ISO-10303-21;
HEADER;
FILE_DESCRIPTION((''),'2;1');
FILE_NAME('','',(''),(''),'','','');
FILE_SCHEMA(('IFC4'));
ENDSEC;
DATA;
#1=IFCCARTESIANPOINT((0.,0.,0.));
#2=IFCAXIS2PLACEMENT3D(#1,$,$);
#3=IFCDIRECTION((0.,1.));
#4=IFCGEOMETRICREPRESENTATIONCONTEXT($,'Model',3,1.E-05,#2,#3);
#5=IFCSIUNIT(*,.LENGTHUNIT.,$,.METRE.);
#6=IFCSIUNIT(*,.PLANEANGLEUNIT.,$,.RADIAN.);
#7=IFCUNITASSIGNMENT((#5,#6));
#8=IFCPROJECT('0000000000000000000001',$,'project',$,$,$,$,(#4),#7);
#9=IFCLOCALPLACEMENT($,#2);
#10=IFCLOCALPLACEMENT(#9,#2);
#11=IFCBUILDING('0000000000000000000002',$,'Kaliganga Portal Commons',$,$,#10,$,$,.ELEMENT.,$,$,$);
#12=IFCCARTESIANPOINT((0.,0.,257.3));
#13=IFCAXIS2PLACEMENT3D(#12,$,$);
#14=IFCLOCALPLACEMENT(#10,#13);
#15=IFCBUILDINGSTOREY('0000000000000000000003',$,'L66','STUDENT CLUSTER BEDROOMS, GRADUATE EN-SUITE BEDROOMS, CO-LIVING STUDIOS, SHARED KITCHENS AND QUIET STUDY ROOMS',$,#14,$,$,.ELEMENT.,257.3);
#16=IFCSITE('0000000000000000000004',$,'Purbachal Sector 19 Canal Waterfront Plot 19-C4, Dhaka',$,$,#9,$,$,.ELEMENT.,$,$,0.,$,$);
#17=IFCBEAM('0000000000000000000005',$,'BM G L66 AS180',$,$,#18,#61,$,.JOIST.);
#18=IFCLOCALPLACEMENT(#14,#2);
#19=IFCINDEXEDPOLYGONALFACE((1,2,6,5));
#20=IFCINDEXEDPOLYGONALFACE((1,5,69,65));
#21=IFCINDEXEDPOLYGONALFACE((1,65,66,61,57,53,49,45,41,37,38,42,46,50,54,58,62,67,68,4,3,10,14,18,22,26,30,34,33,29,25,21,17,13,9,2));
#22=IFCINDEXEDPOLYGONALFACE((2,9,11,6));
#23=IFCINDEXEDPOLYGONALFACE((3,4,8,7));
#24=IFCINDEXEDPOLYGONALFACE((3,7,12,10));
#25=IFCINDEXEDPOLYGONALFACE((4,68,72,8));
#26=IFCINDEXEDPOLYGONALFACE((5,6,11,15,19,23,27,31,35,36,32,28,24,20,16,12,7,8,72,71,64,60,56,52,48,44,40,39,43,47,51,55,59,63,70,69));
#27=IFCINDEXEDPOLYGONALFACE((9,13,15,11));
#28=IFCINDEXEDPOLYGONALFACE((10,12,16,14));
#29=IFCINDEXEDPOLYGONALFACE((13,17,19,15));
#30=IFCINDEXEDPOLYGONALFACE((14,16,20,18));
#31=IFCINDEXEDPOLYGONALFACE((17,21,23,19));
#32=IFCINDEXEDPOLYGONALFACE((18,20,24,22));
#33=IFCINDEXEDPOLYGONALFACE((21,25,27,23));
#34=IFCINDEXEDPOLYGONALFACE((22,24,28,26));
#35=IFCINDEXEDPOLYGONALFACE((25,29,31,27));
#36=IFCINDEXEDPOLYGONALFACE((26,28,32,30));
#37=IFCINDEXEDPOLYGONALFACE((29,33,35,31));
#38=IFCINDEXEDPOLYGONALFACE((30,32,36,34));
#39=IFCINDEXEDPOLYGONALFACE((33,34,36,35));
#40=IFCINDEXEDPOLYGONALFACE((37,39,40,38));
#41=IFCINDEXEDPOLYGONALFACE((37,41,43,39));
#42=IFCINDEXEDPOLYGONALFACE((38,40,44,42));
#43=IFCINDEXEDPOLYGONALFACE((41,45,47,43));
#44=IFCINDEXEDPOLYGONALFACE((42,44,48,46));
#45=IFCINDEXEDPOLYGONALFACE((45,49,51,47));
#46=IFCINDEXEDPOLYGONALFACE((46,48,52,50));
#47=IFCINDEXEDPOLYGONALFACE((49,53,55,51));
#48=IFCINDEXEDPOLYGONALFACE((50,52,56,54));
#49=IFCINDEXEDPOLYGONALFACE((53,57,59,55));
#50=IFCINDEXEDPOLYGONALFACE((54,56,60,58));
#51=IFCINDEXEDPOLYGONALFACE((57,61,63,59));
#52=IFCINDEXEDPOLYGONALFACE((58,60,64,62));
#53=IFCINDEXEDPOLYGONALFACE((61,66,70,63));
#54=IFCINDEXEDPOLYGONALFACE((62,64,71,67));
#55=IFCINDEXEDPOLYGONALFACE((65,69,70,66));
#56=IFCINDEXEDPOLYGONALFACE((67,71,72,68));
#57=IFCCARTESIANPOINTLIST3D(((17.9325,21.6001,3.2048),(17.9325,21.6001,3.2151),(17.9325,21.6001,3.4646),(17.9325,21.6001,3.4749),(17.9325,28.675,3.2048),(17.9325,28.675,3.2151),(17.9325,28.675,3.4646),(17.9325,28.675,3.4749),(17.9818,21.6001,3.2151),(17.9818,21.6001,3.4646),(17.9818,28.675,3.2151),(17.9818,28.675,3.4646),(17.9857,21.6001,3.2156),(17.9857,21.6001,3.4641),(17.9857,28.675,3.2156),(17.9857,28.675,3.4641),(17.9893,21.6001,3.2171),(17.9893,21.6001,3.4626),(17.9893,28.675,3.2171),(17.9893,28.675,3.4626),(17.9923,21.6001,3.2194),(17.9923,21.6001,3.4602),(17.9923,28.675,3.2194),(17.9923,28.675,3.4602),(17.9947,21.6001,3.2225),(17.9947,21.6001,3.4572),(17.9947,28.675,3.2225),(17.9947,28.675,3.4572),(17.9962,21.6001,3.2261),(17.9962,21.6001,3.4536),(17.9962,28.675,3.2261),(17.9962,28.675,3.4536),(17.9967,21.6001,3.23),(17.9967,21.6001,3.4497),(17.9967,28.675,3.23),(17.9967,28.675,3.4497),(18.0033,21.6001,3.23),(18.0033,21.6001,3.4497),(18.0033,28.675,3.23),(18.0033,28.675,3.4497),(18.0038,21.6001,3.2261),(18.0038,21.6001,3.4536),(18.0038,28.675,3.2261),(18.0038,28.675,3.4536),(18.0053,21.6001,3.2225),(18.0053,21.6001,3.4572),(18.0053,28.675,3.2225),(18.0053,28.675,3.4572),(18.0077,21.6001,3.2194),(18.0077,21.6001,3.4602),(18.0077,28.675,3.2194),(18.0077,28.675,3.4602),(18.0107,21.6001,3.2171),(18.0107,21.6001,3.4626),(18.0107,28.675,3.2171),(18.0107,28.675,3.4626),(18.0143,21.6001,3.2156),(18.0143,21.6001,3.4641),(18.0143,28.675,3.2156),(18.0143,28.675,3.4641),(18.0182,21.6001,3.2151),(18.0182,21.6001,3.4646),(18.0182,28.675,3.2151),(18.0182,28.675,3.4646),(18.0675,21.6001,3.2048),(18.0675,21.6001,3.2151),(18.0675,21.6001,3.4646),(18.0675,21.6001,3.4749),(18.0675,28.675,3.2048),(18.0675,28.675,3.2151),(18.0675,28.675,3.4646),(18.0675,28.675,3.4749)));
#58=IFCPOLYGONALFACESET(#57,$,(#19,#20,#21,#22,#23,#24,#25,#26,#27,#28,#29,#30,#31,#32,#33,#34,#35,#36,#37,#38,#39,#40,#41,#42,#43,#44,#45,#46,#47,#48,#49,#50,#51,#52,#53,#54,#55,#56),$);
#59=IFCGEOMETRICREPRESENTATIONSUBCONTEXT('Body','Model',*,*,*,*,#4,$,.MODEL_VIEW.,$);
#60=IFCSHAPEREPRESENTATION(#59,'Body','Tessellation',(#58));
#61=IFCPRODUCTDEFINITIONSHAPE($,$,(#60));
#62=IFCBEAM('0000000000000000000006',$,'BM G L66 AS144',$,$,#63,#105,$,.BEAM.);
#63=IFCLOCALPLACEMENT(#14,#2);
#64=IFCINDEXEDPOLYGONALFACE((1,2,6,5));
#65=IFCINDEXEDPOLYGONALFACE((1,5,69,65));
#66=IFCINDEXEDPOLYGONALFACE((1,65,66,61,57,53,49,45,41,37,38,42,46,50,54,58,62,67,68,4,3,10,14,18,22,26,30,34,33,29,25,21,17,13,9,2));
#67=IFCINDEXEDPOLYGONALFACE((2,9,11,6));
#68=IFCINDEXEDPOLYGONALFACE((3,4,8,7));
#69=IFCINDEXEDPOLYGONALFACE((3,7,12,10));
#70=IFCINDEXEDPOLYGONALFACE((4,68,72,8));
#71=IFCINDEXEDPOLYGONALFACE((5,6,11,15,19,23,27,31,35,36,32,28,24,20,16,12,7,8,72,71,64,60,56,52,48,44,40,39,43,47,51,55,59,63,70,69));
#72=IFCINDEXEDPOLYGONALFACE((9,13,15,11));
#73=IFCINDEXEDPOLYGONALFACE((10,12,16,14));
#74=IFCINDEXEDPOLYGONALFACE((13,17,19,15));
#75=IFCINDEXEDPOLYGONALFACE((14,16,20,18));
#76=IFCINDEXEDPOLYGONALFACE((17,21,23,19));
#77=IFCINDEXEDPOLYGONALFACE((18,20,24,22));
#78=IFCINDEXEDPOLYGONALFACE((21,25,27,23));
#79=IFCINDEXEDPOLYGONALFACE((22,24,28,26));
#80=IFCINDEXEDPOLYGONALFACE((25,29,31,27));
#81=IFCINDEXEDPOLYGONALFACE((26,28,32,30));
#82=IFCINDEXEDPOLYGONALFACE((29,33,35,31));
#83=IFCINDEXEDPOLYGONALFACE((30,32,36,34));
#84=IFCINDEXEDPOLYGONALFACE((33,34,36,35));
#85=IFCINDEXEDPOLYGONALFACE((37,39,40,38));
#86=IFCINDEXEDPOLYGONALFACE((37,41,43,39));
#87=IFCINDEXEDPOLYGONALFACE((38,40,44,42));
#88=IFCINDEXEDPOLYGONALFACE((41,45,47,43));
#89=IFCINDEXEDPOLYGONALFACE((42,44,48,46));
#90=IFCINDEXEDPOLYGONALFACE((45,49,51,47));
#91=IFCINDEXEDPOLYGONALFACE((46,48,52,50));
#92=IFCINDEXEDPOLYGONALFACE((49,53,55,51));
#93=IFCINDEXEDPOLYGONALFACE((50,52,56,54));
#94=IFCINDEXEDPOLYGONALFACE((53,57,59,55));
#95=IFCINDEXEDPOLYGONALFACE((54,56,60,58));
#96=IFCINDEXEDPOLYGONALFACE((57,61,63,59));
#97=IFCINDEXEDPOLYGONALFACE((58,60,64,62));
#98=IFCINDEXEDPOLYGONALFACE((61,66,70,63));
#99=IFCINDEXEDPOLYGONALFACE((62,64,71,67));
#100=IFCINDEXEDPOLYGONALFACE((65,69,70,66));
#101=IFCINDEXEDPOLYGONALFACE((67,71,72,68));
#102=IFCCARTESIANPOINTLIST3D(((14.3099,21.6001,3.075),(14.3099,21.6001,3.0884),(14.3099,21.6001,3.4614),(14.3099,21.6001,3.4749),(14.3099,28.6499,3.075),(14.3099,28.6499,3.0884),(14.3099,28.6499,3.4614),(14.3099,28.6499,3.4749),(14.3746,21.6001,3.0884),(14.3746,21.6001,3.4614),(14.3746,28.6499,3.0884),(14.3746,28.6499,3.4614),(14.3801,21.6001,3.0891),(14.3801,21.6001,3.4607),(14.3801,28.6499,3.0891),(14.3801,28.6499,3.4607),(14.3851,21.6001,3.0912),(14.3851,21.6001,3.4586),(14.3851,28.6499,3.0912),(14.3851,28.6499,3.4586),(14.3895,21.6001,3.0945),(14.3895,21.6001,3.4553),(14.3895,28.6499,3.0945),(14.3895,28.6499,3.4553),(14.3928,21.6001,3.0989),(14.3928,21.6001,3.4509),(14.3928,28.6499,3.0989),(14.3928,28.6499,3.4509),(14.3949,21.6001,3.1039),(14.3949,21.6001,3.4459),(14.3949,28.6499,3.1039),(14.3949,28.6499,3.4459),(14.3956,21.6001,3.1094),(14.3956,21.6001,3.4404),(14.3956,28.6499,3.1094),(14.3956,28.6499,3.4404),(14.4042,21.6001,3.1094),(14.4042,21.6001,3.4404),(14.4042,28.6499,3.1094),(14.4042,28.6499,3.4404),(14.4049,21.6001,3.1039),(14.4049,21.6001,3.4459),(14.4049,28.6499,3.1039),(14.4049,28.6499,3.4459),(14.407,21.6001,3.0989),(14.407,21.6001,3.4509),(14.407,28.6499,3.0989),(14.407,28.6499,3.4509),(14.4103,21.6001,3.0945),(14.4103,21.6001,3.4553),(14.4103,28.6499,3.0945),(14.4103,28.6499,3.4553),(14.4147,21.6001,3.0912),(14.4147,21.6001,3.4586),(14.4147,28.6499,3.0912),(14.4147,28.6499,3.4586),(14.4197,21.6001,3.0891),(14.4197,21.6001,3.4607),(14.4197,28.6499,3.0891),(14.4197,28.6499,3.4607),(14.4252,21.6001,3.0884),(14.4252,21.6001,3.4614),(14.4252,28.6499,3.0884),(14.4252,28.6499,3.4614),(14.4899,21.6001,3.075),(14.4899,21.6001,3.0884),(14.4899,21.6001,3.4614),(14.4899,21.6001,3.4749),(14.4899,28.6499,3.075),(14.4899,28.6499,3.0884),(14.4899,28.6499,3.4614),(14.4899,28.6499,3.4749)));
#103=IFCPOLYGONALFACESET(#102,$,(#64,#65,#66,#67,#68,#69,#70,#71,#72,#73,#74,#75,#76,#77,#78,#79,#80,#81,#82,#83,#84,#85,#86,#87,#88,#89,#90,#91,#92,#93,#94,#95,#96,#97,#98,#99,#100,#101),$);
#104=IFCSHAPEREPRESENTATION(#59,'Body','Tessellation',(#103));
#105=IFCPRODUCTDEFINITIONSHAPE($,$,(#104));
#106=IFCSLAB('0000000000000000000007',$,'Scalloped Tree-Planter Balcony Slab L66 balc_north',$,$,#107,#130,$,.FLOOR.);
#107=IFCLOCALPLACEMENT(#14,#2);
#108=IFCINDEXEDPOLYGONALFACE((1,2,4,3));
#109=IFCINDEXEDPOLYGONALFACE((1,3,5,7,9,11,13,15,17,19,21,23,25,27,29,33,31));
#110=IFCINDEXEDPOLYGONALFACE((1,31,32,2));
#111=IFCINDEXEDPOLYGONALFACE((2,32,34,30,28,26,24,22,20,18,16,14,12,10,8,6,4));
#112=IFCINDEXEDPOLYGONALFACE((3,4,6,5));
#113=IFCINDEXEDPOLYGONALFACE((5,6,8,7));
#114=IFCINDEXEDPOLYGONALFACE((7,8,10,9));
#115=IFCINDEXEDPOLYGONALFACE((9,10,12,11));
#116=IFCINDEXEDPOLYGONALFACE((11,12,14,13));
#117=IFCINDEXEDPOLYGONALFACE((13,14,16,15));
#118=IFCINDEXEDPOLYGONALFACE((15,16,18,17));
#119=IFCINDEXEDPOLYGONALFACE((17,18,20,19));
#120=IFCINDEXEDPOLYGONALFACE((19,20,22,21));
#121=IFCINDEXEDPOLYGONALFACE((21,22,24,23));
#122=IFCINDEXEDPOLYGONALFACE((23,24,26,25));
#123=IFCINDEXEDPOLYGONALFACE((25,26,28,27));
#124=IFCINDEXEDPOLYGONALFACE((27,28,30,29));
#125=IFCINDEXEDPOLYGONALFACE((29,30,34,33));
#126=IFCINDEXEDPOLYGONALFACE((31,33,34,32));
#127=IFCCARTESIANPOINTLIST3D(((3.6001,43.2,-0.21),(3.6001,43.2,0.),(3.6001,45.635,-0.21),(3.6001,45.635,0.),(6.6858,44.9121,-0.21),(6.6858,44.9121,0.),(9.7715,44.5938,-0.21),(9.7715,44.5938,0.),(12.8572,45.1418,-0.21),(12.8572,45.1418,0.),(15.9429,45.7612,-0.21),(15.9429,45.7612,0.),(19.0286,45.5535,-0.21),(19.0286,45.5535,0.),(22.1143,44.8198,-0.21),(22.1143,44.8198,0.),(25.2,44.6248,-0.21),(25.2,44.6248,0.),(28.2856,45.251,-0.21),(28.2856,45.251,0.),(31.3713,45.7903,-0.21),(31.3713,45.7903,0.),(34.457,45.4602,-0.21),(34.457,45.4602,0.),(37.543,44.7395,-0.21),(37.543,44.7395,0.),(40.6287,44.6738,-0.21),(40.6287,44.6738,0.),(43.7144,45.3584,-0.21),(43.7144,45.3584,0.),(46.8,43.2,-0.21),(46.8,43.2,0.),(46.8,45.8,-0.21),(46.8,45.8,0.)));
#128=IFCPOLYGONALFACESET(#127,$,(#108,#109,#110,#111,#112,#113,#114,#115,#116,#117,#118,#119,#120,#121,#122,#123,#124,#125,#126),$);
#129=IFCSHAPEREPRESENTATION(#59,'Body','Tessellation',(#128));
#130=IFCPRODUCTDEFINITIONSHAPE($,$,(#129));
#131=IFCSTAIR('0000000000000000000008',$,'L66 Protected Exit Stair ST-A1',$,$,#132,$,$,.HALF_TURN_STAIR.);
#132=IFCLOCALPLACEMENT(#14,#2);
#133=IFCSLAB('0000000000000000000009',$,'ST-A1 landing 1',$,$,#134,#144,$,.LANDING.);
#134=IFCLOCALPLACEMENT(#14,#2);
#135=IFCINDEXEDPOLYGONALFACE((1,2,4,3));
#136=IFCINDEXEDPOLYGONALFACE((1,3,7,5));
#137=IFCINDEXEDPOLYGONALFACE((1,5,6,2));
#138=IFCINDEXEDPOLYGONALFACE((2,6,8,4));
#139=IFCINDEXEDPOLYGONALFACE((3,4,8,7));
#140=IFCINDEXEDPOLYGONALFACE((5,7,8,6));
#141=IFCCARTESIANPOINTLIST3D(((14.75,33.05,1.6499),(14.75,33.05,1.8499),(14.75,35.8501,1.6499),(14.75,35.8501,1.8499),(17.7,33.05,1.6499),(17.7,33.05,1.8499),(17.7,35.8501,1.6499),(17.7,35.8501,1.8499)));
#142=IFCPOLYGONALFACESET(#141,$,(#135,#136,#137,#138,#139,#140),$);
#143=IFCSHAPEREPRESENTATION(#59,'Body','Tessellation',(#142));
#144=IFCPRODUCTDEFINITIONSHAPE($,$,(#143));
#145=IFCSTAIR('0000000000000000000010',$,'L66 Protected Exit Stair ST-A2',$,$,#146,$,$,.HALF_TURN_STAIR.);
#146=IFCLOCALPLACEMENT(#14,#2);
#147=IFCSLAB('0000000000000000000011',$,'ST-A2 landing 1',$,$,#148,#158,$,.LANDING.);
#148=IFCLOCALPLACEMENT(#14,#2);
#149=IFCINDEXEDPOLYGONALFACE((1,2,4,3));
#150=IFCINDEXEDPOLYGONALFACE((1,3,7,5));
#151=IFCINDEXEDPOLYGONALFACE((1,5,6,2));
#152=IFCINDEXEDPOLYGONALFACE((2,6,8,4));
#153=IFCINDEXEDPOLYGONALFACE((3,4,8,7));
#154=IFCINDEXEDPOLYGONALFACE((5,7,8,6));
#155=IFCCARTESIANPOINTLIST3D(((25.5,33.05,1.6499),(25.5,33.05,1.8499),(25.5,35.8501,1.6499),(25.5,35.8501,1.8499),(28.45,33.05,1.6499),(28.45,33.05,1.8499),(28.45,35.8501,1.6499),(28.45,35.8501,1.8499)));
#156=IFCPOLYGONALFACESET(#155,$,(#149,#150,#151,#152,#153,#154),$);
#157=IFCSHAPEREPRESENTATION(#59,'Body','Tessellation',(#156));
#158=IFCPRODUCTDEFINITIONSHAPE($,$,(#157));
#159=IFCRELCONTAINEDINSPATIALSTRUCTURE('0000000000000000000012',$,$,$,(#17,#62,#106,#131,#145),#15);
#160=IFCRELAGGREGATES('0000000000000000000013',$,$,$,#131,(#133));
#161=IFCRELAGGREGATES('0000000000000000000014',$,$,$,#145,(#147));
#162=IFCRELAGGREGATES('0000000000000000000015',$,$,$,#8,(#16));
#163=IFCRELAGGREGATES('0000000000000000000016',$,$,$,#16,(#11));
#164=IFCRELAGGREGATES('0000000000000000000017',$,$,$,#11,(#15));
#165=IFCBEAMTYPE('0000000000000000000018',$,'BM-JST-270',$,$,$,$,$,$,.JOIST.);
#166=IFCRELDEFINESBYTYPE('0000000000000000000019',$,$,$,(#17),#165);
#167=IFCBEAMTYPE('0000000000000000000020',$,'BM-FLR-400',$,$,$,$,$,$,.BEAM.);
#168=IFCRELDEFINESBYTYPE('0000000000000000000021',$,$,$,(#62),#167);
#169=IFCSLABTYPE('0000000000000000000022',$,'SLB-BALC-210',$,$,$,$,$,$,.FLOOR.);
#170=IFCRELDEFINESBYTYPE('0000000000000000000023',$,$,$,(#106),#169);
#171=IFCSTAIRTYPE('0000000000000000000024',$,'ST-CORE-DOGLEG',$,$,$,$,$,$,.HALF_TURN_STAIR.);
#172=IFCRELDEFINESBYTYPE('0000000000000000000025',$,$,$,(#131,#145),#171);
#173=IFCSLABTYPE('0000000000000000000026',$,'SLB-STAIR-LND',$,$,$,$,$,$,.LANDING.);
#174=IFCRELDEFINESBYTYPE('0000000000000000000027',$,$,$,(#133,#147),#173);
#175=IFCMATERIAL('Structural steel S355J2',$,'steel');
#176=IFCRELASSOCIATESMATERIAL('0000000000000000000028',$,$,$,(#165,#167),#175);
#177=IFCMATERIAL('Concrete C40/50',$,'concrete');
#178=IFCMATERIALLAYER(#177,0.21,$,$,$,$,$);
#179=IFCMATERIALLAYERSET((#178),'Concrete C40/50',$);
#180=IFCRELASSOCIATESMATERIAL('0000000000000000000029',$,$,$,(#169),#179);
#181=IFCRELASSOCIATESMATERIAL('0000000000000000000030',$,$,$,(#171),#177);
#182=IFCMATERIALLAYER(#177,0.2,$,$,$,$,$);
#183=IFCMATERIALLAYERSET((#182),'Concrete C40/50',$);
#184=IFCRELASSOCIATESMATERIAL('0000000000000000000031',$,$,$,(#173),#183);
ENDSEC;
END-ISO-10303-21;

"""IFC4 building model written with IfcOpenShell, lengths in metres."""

from ifc_helpers import new_model, si_unit, direction, frame, origin, origin_2d, place, context, subcontext, project, spatial, polyline, i_section, outline, extrude, source, transform, mapped, material, layer, layer_set, material_profile, profile_set, type_object, element, aggregate, save


model = new_model("IFC4")

# Units and contexts
model_context = context("Model", 3, precision=1e-05, world=origin(), true_north=direction((0.0, 1.0)))
body_context = subcontext(model_context, "Body", "Model", "MODEL_VIEW")
ifc_project = project(units=[si_unit("LENGTHUNIT", "METRE"), si_unit("PLANEANGLEUNIT", "RADIAN")], contexts=[model_context])

# Site, building, storey
site_placement = place(None, origin())
site = spatial("IfcSite", under=ifc_project, at=site_placement, Name="Purbachal Sector 19 Canal Waterfront Plot 19-C4, Dhaka", CompositionType="ELEMENT", RefElevation=0.0)
building_placement = place(site_placement, origin())
building = spatial("IfcBuilding", under=site, at=building_placement, Name="Kaliganga Portal Commons", CompositionType="ELEMENT")
storey_placement = place(building_placement, frame((0.0, 0.0, 257.3)))
storey = spatial("IfcBuildingStorey", under=building, at=storey_placement, Name="L66", Description="STUDENT CLUSTER BEDROOMS, GRADUATE EN-SUITE BEDROOMS, CO-LIVING STUDIOS, SHARED KITCHENS AND QUIET STUDY ROOMS", CompositionType="ELEMENT", Elevation=257.3)

# Shared definitions
ifc_material_1 = material(Name="Structural steel S355J2", Category="steel")

# Beams
ifc_material_profile_1 = material_profile(ifc_material_1, i_section(OverallWidth=0.135, OverallDepth=0.27, WebThickness=0.0066, FlangeThickness=0.0103, FilletRadius=0.0149, at=origin_2d()), Name="IPE 270")
ifc_profile_set_1 = profile_set([ifc_material_profile_1], Name="Structural steel S355J2 wide-flange")
beam_type_1 = type_object("IfcBeamType", Name="BM-JST-270", PredefinedType="JOIST", material=ifc_profile_set_1)
shared_shape_1 = source(origin(), body_context, "Body", "SweptSolid", [
    extrude(i_section(OverallWidth=0.135, OverallDepth=0.27, WebThickness=0.0066, FlangeThickness=0.0103, FilletRadius=0.0149, at=origin_2d()), origin(), (0.0, 0.0, 1.0), 7.075),
])
beam_1_placement = place(storey_placement, frame((18.0, 21.6001, 3.3398), z_axis=(0.0, 1.0, 0.0), x_axis=(-1.0, 0.0, 0.0)))
element("IfcBeam", 1, at=beam_1_placement, inside=storey, type_object=beam_type_1, Name="BM G L66 AS180", PredefinedType="JOIST", context=body_context, shape_type="MappedRepresentation", body=[
    mapped(shared_shape_1, transform((0.0, 0.0, 0.0), x_axis=(1.0, 0.0, 0.0), y_axis=(0.0, 1.0, 0.0), z_axis=(0.0, 0.0, 1.0), scale=1.0)),
])
ifc_material_profile_2 = material_profile(ifc_material_1, i_section(OverallWidth=0.1799, OverallDepth=0.3999, WebThickness=0.0085, FlangeThickness=0.0134, FilletRadius=0.021, at=origin_2d()), Name="IPE 400")
ifc_profile_set_2 = profile_set([ifc_material_profile_2], Name="Structural steel S355J2 wide-flange")
beam_type_2 = type_object("IfcBeamType", Name="BM-FLR-400", PredefinedType="BEAM", material=ifc_profile_set_2)
shared_shape_2 = source(origin(), body_context, "Body", "SweptSolid", [
    extrude(i_section(OverallWidth=0.1799, OverallDepth=0.3999, WebThickness=0.0085, FlangeThickness=0.0134, FilletRadius=0.021, at=origin_2d()), origin(), (0.0, 0.0, 1.0), 7.0498),
])
beam_2_placement = place(storey_placement, frame((14.3999, 21.6001, 3.2749), z_axis=(0.0, 1.0, 0.0), x_axis=(-1.0, 0.0, 0.0)))
element("IfcBeam", 2, at=beam_2_placement, inside=storey, type_object=beam_type_2, Name="BM G L66 AS144", PredefinedType="BEAM", context=body_context, shape_type="MappedRepresentation", body=[
    mapped(shared_shape_2, transform((0.0, 0.0, 0.0), x_axis=(1.0, 0.0, 0.0), y_axis=(0.0, 1.0, 0.0), z_axis=(0.0, 0.0, 1.0), scale=1.0)),
])

# Slab
ifc_material_2 = material(Name="Concrete C40/50", Category="concrete")
ifc_layer_1 = layer(ifc_material_2, 0.21)
ifc_layer_set_1 = layer_set([ifc_layer_1], Name="Concrete C40/50")
slab_type_1 = type_object("IfcSlabType", Name="SLB-BALC-210", PredefinedType="FLOOR", material=ifc_layer_set_1)
slab_1_placement = place(storey_placement, frame((0.0, 0.0, -0.21)))
element("IfcSlab", 3, at=slab_1_placement, inside=storey, type_object=slab_type_1, Name="Scalloped Tree-Planter Balcony Slab L66 balc_north", PredefinedType="FLOOR", context=body_context, shape_type="SweptSolid", body=[
    extrude(outline(polyline([(46.8, 43.2), (46.8, 45.8), (43.7144, 45.3584), (40.6287, 44.6738), (37.543, 44.7395), (34.457, 45.4602), (31.3713, 45.7903), (28.2856, 45.251), (25.2, 44.6248), (22.1143, 44.8198), (19.0286, 45.5535), (15.9429, 45.7612), (12.8572, 45.1418), (9.7715, 44.5938), (6.6858, 44.9121), (3.6001, 45.635), (3.6001, 43.2), (46.8, 43.2)])), origin(), (0.0, 0.0, 1.0), 0.21),
])

# Stairs, slabs
stair_type = type_object("IfcStairType", Name="ST-CORE-DOGLEG", PredefinedType="HALF_TURN_STAIR", material=ifc_material_2)
stair_1_placement = place(storey_placement, origin())
stair_1 = element("IfcStair", 4, at=stair_1_placement, inside=storey, type_object=stair_type, Name="L66 Protected Exit Stair ST-A1", PredefinedType="HALF_TURN_STAIR")
ifc_layer_2 = layer(ifc_material_2, 0.2)
ifc_layer_set_2 = layer_set([ifc_layer_2], Name="Concrete C40/50")
slab_type_2 = type_object("IfcSlabType", Name="SLB-STAIR-LND", PredefinedType="LANDING", material=ifc_layer_set_2)
slab_2_placement = place(storey_placement, frame((0.0, 0.0, 1.6499)))
slab_2 = element("IfcSlab", 5, at=slab_2_placement, type_object=slab_type_2, Name="ST-A1 landing 1", PredefinedType="LANDING", context=body_context, shape_type="SweptSolid", body=[
    extrude(outline(polyline([(17.7, 33.05), (17.7, 35.8501), (14.75, 35.8501), (14.75, 33.05), (17.7, 33.05)])), origin(), (0.0, 0.0, 1.0), 0.2),
])
aggregate(stair_1, [slab_2])
stair_2_placement = place(storey_placement, origin())
stair_2 = element("IfcStair", 6, at=stair_2_placement, inside=storey, type_object=stair_type, Name="L66 Protected Exit Stair ST-A2", PredefinedType="HALF_TURN_STAIR")
slab_3_placement = place(storey_placement, frame((0.0, 0.0, 1.6499)))
slab_3 = element("IfcSlab", 7, at=slab_3_placement, type_object=slab_type_2, Name="ST-A2 landing 1", PredefinedType="LANDING", context=body_context, shape_type="SweptSolid", body=[
    extrude(outline(polyline([(28.45, 33.05), (28.45, 35.8501), (25.5, 35.8501), (25.5, 33.05), (28.45, 33.05)])), origin(), (0.0, 0.0, 1.0), 0.2),
])
aggregate(stair_2, [slab_3])

save(model, "model.ifc")
